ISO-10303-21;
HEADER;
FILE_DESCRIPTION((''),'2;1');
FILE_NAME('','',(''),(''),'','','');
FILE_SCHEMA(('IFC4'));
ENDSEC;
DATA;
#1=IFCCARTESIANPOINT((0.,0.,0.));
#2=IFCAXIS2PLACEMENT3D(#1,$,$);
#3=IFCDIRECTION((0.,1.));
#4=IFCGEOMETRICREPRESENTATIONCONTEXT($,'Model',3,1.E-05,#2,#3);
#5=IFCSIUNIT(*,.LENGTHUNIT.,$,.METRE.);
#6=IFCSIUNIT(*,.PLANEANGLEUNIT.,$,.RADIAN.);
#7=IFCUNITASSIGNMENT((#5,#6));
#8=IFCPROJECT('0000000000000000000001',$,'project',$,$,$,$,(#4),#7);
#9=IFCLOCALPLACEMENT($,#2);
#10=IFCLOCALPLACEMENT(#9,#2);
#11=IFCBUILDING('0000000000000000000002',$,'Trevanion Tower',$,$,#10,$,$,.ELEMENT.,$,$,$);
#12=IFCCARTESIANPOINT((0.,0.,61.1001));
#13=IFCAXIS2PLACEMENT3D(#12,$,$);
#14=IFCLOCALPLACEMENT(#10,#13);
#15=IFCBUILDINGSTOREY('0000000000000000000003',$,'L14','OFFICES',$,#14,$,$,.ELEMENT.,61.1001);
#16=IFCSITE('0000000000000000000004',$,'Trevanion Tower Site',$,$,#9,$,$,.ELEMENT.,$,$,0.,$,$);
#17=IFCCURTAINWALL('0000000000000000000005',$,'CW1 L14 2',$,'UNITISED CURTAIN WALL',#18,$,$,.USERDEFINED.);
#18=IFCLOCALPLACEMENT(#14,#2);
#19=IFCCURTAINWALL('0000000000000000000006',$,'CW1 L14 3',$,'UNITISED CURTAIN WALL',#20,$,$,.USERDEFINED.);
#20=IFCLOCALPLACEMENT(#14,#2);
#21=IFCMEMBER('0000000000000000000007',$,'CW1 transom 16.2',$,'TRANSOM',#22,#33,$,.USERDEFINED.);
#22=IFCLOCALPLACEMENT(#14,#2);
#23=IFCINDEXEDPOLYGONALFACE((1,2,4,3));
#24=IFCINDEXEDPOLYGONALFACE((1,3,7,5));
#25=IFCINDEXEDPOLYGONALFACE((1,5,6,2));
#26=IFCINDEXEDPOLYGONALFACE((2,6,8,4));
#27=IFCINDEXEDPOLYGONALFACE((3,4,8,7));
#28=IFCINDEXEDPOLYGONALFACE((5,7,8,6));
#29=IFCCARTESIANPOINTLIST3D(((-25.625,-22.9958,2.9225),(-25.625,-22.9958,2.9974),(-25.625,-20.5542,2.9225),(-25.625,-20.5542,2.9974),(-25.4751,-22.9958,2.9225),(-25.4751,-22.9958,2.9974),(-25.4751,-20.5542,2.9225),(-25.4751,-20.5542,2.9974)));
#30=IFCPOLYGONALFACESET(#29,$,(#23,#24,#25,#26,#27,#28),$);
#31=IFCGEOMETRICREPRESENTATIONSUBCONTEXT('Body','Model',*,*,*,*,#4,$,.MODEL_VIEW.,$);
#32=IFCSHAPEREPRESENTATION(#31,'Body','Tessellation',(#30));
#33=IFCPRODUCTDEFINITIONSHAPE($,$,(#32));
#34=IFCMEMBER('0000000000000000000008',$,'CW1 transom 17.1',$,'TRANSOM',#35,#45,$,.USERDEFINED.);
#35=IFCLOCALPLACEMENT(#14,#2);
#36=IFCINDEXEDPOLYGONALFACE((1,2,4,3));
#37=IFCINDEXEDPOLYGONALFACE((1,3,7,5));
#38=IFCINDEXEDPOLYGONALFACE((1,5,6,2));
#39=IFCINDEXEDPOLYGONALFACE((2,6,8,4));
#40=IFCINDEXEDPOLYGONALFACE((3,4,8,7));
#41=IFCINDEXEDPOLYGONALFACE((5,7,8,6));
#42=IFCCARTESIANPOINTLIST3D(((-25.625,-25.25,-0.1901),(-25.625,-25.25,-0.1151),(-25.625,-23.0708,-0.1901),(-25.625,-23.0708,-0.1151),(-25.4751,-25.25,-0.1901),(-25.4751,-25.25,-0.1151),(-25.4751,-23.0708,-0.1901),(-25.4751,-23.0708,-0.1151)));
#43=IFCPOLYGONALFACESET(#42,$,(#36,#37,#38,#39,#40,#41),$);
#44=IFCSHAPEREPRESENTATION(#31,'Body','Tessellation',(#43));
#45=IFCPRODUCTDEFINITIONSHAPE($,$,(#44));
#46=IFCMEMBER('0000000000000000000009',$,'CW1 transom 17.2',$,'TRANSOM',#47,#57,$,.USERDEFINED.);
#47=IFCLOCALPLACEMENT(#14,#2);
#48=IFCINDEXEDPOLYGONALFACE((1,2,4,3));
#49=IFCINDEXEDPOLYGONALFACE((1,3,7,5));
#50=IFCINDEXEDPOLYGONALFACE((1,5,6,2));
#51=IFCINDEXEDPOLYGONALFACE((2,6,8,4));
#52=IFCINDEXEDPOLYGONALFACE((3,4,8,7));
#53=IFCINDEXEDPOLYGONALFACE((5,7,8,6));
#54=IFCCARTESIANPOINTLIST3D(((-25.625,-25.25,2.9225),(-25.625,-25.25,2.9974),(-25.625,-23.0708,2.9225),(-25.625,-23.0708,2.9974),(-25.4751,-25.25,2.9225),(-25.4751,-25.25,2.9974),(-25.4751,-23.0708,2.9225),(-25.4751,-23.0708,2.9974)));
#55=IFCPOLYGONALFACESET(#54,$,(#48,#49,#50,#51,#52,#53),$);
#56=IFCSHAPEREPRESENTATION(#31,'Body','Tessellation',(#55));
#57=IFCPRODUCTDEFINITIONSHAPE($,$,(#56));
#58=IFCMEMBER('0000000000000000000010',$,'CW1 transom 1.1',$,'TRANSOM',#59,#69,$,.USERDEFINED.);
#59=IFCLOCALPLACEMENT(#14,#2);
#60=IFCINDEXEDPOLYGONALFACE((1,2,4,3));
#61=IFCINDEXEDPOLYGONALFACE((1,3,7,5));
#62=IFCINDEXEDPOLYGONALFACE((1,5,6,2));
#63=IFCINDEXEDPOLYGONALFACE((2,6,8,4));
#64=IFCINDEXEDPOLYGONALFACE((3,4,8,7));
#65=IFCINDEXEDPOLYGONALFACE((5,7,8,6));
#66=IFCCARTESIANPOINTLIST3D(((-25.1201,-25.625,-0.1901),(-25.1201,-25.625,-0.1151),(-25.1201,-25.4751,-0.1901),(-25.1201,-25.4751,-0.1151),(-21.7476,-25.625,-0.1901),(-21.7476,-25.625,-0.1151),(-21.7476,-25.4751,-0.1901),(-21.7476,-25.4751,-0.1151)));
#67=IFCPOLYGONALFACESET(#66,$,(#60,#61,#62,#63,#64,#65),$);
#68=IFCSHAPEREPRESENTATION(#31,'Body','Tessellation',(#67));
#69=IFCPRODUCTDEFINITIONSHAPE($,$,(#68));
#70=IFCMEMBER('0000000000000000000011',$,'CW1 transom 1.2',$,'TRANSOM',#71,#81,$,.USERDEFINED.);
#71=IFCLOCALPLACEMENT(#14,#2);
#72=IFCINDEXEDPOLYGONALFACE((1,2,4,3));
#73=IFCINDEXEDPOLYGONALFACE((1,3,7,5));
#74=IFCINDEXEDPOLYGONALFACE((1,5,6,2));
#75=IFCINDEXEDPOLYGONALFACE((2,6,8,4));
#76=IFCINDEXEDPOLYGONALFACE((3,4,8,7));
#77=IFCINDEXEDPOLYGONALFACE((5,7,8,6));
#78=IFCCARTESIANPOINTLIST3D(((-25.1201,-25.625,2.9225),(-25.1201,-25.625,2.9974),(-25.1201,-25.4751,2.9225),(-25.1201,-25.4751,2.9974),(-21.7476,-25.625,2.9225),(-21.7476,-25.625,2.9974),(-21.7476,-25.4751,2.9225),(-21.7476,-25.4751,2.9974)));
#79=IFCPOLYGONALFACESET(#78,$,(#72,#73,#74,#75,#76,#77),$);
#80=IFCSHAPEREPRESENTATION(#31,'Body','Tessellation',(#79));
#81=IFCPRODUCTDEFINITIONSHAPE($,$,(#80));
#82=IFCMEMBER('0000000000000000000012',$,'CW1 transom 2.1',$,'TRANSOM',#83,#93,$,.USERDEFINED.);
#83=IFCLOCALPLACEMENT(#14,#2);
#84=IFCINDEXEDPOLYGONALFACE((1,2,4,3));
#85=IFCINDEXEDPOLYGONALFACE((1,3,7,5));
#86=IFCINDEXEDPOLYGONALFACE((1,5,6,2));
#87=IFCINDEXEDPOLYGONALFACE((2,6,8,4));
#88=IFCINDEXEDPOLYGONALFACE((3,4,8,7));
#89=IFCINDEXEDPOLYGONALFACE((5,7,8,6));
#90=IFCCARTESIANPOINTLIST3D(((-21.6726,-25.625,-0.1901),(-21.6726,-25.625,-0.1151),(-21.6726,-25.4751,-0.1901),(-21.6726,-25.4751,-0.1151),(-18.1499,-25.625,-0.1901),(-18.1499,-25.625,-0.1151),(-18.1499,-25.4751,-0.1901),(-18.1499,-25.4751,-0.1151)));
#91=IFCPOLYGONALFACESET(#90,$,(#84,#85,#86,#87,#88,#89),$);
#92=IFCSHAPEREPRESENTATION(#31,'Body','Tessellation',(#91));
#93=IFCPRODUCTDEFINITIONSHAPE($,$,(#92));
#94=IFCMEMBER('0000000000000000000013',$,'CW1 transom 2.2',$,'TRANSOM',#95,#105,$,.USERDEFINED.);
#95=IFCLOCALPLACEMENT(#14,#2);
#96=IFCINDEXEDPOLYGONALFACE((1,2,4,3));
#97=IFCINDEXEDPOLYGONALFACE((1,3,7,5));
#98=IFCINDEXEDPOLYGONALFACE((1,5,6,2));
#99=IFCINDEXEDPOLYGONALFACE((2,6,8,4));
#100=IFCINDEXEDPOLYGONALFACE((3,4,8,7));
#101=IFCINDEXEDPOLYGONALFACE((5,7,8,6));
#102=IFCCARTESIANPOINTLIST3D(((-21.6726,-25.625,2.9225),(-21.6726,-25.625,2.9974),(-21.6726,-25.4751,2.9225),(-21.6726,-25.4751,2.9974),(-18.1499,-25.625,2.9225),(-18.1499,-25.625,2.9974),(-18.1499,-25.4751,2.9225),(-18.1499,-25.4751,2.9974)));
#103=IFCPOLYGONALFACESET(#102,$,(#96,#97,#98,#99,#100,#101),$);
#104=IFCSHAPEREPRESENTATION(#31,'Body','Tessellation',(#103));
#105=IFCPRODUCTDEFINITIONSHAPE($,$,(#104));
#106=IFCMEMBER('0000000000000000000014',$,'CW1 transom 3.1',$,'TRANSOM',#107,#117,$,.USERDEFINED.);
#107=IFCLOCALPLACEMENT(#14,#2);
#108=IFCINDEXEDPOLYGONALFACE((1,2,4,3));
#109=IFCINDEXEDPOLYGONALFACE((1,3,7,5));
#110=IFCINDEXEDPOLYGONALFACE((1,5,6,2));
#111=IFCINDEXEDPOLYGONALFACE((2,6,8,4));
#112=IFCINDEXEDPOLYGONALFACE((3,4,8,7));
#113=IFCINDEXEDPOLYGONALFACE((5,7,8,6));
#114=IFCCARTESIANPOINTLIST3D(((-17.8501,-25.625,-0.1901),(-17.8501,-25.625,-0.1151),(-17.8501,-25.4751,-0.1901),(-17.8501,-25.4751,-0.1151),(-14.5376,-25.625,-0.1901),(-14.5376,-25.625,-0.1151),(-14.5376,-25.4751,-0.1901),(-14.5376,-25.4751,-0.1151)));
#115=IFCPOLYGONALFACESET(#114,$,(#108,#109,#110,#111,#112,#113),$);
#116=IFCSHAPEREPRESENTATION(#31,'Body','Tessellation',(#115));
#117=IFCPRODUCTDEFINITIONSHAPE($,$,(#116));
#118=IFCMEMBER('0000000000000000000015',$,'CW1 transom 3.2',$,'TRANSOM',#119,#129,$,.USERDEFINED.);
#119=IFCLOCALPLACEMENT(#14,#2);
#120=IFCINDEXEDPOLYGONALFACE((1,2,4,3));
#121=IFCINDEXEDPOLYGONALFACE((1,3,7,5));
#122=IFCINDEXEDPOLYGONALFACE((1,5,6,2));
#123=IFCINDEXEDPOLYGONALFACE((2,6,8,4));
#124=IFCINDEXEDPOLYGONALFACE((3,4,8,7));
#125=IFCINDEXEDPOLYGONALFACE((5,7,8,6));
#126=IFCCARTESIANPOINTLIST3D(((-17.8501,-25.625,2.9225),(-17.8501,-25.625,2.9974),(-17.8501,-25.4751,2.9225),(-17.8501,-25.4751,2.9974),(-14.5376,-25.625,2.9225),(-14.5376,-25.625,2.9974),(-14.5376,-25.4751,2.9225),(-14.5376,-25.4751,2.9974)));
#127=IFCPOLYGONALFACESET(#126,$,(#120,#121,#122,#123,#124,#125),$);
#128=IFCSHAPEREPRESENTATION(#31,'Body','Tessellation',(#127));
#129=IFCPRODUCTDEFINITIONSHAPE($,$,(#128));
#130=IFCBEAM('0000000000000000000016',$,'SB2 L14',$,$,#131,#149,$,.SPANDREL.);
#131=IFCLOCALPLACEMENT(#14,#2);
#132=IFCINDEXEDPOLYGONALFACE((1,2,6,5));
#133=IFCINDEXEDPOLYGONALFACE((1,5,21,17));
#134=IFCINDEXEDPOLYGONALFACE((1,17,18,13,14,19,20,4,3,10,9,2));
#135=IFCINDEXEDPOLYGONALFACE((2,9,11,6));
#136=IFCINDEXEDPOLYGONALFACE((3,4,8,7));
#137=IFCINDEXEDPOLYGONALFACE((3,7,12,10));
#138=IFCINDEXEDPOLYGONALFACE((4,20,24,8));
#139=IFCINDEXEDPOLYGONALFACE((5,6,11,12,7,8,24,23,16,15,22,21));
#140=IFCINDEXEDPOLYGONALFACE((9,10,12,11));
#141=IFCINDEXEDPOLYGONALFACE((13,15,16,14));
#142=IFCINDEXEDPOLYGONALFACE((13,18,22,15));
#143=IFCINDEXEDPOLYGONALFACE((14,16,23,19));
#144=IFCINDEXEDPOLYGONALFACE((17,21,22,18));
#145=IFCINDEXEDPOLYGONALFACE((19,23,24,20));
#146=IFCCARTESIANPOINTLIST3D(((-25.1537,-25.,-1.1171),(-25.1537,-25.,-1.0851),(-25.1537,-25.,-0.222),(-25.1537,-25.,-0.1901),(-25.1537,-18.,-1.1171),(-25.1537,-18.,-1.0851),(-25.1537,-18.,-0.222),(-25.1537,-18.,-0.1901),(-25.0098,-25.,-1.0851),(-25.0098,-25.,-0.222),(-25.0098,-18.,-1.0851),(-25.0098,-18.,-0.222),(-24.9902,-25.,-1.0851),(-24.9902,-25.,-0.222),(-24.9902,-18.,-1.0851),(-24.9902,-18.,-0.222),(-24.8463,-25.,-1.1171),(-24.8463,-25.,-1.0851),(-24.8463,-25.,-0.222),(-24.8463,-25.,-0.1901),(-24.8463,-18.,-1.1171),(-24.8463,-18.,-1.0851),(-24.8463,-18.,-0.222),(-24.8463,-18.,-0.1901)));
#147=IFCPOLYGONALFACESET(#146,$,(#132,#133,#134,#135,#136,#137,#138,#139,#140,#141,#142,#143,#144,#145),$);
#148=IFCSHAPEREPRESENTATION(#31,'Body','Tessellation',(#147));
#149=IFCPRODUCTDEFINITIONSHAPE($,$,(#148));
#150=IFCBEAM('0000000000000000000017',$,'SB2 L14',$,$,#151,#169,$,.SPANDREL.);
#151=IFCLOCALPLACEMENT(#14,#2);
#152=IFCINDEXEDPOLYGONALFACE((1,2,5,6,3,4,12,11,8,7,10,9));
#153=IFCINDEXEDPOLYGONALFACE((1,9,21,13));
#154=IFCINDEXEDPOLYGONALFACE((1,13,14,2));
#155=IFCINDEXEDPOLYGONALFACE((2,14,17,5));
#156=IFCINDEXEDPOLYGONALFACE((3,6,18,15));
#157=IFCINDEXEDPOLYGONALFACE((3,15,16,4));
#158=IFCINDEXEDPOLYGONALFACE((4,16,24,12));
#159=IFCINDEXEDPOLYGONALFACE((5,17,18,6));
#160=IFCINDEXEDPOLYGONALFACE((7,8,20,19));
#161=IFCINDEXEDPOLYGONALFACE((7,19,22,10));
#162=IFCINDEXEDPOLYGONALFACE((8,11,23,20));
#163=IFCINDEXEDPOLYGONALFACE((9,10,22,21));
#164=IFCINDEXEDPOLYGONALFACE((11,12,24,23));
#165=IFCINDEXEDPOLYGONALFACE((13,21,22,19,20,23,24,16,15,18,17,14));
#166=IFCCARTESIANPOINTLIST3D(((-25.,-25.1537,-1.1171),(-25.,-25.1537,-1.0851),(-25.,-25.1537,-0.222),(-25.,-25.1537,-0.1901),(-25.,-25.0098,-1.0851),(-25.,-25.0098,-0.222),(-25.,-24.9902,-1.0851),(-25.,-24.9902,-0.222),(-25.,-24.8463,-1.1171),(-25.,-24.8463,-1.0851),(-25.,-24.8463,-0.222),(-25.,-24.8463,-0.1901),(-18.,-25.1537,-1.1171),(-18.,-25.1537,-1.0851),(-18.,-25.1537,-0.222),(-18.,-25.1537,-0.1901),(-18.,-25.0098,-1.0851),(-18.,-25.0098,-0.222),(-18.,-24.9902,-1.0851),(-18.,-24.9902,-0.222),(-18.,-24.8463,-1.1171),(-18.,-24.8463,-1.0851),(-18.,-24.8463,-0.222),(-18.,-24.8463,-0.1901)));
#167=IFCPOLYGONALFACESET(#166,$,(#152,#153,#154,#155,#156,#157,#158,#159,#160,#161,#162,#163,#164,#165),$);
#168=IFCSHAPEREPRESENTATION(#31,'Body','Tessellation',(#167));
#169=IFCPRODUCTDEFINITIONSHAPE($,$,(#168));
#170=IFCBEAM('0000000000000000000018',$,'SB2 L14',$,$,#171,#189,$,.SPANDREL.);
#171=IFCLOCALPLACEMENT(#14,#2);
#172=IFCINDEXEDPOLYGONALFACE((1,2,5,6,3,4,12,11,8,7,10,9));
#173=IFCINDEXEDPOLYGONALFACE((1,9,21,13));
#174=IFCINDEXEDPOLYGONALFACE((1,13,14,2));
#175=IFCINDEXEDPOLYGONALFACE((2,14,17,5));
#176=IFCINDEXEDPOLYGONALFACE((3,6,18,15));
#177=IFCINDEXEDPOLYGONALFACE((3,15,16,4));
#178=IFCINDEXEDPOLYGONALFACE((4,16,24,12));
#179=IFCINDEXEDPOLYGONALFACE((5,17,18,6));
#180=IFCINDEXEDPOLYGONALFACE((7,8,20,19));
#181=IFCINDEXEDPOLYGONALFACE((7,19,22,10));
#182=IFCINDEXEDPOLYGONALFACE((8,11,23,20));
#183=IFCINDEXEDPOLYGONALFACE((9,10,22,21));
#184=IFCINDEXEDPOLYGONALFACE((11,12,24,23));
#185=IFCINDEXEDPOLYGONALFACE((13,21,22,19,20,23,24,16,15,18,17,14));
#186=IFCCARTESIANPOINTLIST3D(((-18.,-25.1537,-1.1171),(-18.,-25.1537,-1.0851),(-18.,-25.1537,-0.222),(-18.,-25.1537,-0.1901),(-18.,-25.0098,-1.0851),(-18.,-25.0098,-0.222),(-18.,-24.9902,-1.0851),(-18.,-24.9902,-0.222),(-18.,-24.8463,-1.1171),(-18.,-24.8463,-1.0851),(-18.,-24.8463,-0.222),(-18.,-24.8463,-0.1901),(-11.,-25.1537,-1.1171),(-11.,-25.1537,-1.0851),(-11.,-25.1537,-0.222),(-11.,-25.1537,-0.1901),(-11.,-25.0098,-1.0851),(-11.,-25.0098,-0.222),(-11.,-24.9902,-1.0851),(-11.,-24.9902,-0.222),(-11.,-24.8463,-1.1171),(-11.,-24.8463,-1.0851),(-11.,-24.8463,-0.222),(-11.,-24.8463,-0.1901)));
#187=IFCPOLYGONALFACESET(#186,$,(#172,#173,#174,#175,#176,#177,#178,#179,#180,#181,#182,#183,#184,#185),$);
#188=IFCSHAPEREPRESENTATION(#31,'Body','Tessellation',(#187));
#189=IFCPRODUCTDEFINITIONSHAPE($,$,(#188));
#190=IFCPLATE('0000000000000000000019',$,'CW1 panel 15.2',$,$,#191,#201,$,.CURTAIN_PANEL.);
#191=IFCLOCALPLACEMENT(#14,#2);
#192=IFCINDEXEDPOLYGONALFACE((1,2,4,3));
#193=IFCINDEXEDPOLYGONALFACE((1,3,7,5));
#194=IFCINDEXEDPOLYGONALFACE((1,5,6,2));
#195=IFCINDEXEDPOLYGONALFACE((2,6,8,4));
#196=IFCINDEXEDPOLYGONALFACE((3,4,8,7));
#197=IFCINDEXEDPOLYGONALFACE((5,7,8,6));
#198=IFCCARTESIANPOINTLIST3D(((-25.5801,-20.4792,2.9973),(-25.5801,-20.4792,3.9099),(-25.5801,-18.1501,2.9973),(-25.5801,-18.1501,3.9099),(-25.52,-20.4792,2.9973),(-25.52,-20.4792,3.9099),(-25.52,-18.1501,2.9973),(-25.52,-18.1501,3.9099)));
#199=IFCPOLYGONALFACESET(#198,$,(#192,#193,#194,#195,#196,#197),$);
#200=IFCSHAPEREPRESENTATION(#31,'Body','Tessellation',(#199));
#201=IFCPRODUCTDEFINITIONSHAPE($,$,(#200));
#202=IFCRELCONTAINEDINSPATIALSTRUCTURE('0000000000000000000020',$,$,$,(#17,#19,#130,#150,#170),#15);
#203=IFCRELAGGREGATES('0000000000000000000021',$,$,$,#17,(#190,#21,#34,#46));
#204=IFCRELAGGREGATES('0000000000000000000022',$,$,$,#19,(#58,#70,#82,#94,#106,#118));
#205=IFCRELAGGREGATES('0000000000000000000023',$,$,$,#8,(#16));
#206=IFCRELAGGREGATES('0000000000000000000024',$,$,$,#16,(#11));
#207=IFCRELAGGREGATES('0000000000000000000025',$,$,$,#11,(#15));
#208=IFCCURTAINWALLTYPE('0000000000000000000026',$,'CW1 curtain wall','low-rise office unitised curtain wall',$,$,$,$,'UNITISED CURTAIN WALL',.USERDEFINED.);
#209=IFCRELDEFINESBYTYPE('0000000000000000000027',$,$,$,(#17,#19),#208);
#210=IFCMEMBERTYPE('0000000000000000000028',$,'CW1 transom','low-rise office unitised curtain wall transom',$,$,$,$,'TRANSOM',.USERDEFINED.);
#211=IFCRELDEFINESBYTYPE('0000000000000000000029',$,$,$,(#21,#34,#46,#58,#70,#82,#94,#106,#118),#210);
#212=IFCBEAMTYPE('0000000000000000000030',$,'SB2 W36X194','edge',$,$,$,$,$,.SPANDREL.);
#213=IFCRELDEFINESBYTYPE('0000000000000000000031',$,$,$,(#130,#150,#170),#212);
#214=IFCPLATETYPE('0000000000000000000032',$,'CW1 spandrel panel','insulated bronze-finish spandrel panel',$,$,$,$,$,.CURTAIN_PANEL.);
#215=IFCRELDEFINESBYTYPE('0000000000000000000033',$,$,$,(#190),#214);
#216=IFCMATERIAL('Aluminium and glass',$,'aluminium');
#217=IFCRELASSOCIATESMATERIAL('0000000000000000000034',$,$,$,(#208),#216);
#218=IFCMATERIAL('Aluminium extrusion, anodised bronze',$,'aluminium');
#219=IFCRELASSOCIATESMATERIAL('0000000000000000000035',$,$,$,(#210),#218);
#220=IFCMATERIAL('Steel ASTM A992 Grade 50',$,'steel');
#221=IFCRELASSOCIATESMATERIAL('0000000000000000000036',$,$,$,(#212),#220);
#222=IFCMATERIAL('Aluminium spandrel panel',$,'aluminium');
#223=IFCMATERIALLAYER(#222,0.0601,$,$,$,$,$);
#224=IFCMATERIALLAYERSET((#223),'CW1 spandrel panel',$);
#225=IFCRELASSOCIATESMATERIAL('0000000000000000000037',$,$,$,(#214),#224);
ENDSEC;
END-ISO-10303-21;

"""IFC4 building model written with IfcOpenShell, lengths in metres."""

from ifc_helpers import new_model, si_unit, direction, frame, origin, origin_2d, place, context, subcontext, project, spatial, rectangle, i_section, extrude, material, layer, layer_set, material_profile, profile_set, type_object, element, aggregate, save


model = new_model("IFC4")

# Units and contexts
model_context = context("Model", 3, precision=1e-05, world=origin(), true_north=direction((0.0, 1.0)))
body_context = subcontext(model_context, "Body", "Model", "MODEL_VIEW")
ifc_project = project(units=[si_unit("LENGTHUNIT", "METRE"), si_unit("PLANEANGLEUNIT", "RADIAN")], contexts=[model_context])

# Site, building, storey
site_placement = place(None, origin())
site = spatial("IfcSite", under=ifc_project, at=site_placement, Name="Trevanion Tower Site", CompositionType="ELEMENT", RefElevation=0.0)
building_placement = place(site_placement, origin())
building = spatial("IfcBuilding", under=site, at=building_placement, Name="Trevanion Tower", CompositionType="ELEMENT")
storey_placement = place(building_placement, frame((0.0, 0.0, 61.1001)))
storey = spatial("IfcBuildingStorey", under=building, at=storey_placement, Name="L14", Description="OFFICES", CompositionType="ELEMENT", Elevation=61.1001)

# Curtain wall
ifc_material_1 = material(Name="Aluminium and glass", Category="aluminium")
curtain_wall_type = type_object("IfcCurtainWallType", Name="CW1 curtain wall", Description="low-rise office unitised curtain wall", ElementType="UNITISED CURTAIN WALL", PredefinedType="USERDEFINED", material=ifc_material_1)
curtain_wall_1_placement = place(storey_placement, origin())
curtain_wall_1 = element("IfcCurtainWall", 1, at=curtain_wall_1_placement, inside=storey, type_object=curtain_wall_type, Name="CW1 L14 2", ObjectType="UNITISED CURTAIN WALL", PredefinedType="USERDEFINED")

# Curtain wall
curtain_wall_2_placement = place(storey_placement, origin())
curtain_wall_2 = element("IfcCurtainWall", 2, at=curtain_wall_2_placement, inside=storey, type_object=curtain_wall_type, Name="CW1 L14 3", ObjectType="UNITISED CURTAIN WALL", PredefinedType="USERDEFINED")

# Members
ifc_material_2 = material(Name="Aluminium extrusion, anodised bronze", Category="aluminium")
ifc_material_profile_1 = material_profile(ifc_material_2, rectangle(XDim=0.1499, YDim=0.075, at=origin_2d()), Name="CW1 transom")
ifc_profile_set_1 = profile_set([ifc_material_profile_1], Name="Aluminium extrusion, anodised bronze")
member_type_1 = type_object("IfcMemberType", Name="CW1 transom", Description="low-rise office unitised curtain wall transom", ElementType="TRANSOM", PredefinedType="USERDEFINED", material=ifc_profile_set_1)
member_1_placement = place(storey_placement, frame((-25.55, -20.5542, 2.96), z_axis=(0.0, -1.0, 0.0), x_axis=(1.0, 0.0, 0.0)))
member_1 = element("IfcMember", 3, at=member_1_placement, type_object=member_type_1, Name="CW1 transom 16.2", ObjectType="TRANSOM", PredefinedType="USERDEFINED", context=body_context, shape_type="SweptSolid", body=[
    extrude(rectangle(XDim=0.1499, YDim=0.075, at=origin_2d()), origin(), (0.0, 0.0, 1.0), 2.4417),
])
member_2_placement = place(storey_placement, frame((-25.55, -23.0708, -0.1526), z_axis=(0.0, -1.0, 0.0), x_axis=(1.0, 0.0, 0.0)))
member_2 = element("IfcMember", 4, at=member_2_placement, type_object=member_type_1, Name="CW1 transom 17.1", ObjectType="TRANSOM", PredefinedType="USERDEFINED", context=body_context, shape_type="SweptSolid", body=[
    extrude(rectangle(XDim=0.1499, YDim=0.075, at=origin_2d()), origin(), (0.0, 0.0, 1.0), 2.1792),
])
member_3_placement = place(storey_placement, frame((-25.55, -23.0708, 2.96), z_axis=(0.0, -1.0, 0.0), x_axis=(1.0, 0.0, 0.0)))
member_3 = element("IfcMember", 5, at=member_3_placement, type_object=member_type_1, Name="CW1 transom 17.2", ObjectType="TRANSOM", PredefinedType="USERDEFINED", context=body_context, shape_type="SweptSolid", body=[
    extrude(rectangle(XDim=0.1499, YDim=0.075, at=origin_2d()), origin(), (0.0, 0.0, 1.0), 2.1792),
])
member_4_placement = place(storey_placement, frame((-25.1201, -25.55, -0.1526), z_axis=(1.0, 0.0, 0.0), x_axis=(0.0, 1.0, 0.0)))
member_4 = element("IfcMember", 6, at=member_4_placement, type_object=member_type_1, Name="CW1 transom 1.1", ObjectType="TRANSOM", PredefinedType="USERDEFINED", context=body_context, shape_type="SweptSolid", body=[
    extrude(rectangle(XDim=0.1499, YDim=0.075, at=origin_2d()), origin(), (0.0, 0.0, 1.0), 3.3726),
])
member_5_placement = place(storey_placement, frame((-25.1201, -25.55, 2.96), z_axis=(1.0, 0.0, 0.0), x_axis=(0.0, 1.0, 0.0)))
member_5 = element("IfcMember", 7, at=member_5_placement, type_object=member_type_1, Name="CW1 transom 1.2", ObjectType="TRANSOM", PredefinedType="USERDEFINED", context=body_context, shape_type="SweptSolid", body=[
    extrude(rectangle(XDim=0.1499, YDim=0.075, at=origin_2d()), origin(), (0.0, 0.0, 1.0), 3.3726),
])
member_6_placement = place(storey_placement, frame((-21.6726, -25.55, -0.1526), z_axis=(1.0, 0.0, 0.0), x_axis=(0.0, 1.0, 0.0)))
member_6 = element("IfcMember", 8, at=member_6_placement, type_object=member_type_1, Name="CW1 transom 2.1", ObjectType="TRANSOM", PredefinedType="USERDEFINED", context=body_context, shape_type="SweptSolid", body=[
    extrude(rectangle(XDim=0.1499, YDim=0.075, at=origin_2d()), origin(), (0.0, 0.0, 1.0), 3.5227),
])
member_7_placement = place(storey_placement, frame((-21.6726, -25.55, 2.96), z_axis=(1.0, 0.0, 0.0), x_axis=(0.0, 1.0, 0.0)))
member_7 = element("IfcMember", 9, at=member_7_placement, type_object=member_type_1, Name="CW1 transom 2.2", ObjectType="TRANSOM", PredefinedType="USERDEFINED", context=body_context, shape_type="SweptSolid", body=[
    extrude(rectangle(XDim=0.1499, YDim=0.075, at=origin_2d()), origin(), (0.0, 0.0, 1.0), 3.5227),
])
member_8_placement = place(storey_placement, frame((-17.8501, -25.55, -0.1526), z_axis=(1.0, 0.0, 0.0), x_axis=(0.0, 1.0, 0.0)))
member_8 = element("IfcMember", 10, at=member_8_placement, type_object=member_type_1, Name="CW1 transom 3.1", ObjectType="TRANSOM", PredefinedType="USERDEFINED", context=body_context, shape_type="SweptSolid", body=[
    extrude(rectangle(XDim=0.1499, YDim=0.075, at=origin_2d()), origin(), (0.0, 0.0, 1.0), 3.3125),
])
member_9_placement = place(storey_placement, frame((-17.8501, -25.55, 2.96), z_axis=(1.0, 0.0, 0.0), x_axis=(0.0, 1.0, 0.0)))
member_9 = element("IfcMember", 11, at=member_9_placement, type_object=member_type_1, Name="CW1 transom 3.2", ObjectType="TRANSOM", PredefinedType="USERDEFINED", context=body_context, shape_type="SweptSolid", body=[
    extrude(rectangle(XDim=0.1499, YDim=0.075, at=origin_2d()), origin(), (0.0, 0.0, 1.0), 3.3125),
])

# Beams
ifc_material_3 = material(Name="Steel ASTM A992 Grade 50", Category="steel")
ifc_material_profile_2 = material_profile(ifc_material_3, i_section(OverallWidth=0.3074, OverallDepth=0.927, WebThickness=0.0195, FlangeThickness=0.032, at=origin_2d()), Name="W36X194")
ifc_profile_set_2 = profile_set([ifc_material_profile_2], Name="Steel ASTM A992 Grade 50")
beam_type = type_object("IfcBeamType", Name="SB2 W36X194", Description="edge", PredefinedType="SPANDREL", material=ifc_profile_set_2)
for number, where, z_axis, x_axis, name in (
    (12, (-25.0, -18.0, -0.6536), (0.0, -1.0, 0.0), (1.0, 0.0, 0.0), "SB2 L14"),
    (13, (-25.0, -25.0, -0.6536), (1.0, 0.0, 0.0), (0.0, 1.0, 0.0), "SB2 L14"),
    (14, (-18.0, -25.0, -0.6536), (1.0, 0.0, 0.0), (0.0, 1.0, 0.0), "SB2 L14"),
):
    element("IfcBeam", number, at=place(storey_placement, frame(where, z_axis=z_axis, x_axis=x_axis)), inside=storey, type_object=beam_type, Name=name, PredefinedType="SPANDREL", context=body_context, shape_type="SweptSolid", body=[
        extrude(i_section(OverallWidth=0.3074, OverallDepth=0.927, WebThickness=0.0195, FlangeThickness=0.032, at=origin_2d()), origin(), (0.0, 0.0, 1.0), 7.0),
    ])

# Plate
ifc_material_4 = material(Name="Aluminium spandrel panel", Category="aluminium")
ifc_layer_1 = layer(ifc_material_4, 0.0601)
ifc_layer_set_1 = layer_set([ifc_layer_1], Name="CW1 spandrel panel")
plate_type_1 = type_object("IfcPlateType", Name="CW1 spandrel panel", Description="insulated bronze-finish spandrel panel", PredefinedType="CURTAIN_PANEL", material=ifc_layer_set_1)
plate_1_placement = place(storey_placement, frame((-25.55, -19.3147, 2.9973), z_axis=(0.0, 0.0, 1.0), x_axis=(0.0, -1.0, 0.0)))
plate_1 = element("IfcPlate", 15, at=plate_1_placement, type_object=plate_type_1, Name="CW1 panel 15.2", PredefinedType="CURTAIN_PANEL", context=body_context, shape_type="SweptSolid", body=[
    extrude(rectangle(XDim=2.3291, YDim=0.0601, at=origin_2d()), origin(), (0.0, 0.0, 1.0), 0.9126),
])
aggregate(curtain_wall_1, [plate_1, member_1, member_2, member_3])
aggregate(curtain_wall_2, [member_4, member_5, member_6, member_7, member_8, member_9])

save(model, "model.ifc")
